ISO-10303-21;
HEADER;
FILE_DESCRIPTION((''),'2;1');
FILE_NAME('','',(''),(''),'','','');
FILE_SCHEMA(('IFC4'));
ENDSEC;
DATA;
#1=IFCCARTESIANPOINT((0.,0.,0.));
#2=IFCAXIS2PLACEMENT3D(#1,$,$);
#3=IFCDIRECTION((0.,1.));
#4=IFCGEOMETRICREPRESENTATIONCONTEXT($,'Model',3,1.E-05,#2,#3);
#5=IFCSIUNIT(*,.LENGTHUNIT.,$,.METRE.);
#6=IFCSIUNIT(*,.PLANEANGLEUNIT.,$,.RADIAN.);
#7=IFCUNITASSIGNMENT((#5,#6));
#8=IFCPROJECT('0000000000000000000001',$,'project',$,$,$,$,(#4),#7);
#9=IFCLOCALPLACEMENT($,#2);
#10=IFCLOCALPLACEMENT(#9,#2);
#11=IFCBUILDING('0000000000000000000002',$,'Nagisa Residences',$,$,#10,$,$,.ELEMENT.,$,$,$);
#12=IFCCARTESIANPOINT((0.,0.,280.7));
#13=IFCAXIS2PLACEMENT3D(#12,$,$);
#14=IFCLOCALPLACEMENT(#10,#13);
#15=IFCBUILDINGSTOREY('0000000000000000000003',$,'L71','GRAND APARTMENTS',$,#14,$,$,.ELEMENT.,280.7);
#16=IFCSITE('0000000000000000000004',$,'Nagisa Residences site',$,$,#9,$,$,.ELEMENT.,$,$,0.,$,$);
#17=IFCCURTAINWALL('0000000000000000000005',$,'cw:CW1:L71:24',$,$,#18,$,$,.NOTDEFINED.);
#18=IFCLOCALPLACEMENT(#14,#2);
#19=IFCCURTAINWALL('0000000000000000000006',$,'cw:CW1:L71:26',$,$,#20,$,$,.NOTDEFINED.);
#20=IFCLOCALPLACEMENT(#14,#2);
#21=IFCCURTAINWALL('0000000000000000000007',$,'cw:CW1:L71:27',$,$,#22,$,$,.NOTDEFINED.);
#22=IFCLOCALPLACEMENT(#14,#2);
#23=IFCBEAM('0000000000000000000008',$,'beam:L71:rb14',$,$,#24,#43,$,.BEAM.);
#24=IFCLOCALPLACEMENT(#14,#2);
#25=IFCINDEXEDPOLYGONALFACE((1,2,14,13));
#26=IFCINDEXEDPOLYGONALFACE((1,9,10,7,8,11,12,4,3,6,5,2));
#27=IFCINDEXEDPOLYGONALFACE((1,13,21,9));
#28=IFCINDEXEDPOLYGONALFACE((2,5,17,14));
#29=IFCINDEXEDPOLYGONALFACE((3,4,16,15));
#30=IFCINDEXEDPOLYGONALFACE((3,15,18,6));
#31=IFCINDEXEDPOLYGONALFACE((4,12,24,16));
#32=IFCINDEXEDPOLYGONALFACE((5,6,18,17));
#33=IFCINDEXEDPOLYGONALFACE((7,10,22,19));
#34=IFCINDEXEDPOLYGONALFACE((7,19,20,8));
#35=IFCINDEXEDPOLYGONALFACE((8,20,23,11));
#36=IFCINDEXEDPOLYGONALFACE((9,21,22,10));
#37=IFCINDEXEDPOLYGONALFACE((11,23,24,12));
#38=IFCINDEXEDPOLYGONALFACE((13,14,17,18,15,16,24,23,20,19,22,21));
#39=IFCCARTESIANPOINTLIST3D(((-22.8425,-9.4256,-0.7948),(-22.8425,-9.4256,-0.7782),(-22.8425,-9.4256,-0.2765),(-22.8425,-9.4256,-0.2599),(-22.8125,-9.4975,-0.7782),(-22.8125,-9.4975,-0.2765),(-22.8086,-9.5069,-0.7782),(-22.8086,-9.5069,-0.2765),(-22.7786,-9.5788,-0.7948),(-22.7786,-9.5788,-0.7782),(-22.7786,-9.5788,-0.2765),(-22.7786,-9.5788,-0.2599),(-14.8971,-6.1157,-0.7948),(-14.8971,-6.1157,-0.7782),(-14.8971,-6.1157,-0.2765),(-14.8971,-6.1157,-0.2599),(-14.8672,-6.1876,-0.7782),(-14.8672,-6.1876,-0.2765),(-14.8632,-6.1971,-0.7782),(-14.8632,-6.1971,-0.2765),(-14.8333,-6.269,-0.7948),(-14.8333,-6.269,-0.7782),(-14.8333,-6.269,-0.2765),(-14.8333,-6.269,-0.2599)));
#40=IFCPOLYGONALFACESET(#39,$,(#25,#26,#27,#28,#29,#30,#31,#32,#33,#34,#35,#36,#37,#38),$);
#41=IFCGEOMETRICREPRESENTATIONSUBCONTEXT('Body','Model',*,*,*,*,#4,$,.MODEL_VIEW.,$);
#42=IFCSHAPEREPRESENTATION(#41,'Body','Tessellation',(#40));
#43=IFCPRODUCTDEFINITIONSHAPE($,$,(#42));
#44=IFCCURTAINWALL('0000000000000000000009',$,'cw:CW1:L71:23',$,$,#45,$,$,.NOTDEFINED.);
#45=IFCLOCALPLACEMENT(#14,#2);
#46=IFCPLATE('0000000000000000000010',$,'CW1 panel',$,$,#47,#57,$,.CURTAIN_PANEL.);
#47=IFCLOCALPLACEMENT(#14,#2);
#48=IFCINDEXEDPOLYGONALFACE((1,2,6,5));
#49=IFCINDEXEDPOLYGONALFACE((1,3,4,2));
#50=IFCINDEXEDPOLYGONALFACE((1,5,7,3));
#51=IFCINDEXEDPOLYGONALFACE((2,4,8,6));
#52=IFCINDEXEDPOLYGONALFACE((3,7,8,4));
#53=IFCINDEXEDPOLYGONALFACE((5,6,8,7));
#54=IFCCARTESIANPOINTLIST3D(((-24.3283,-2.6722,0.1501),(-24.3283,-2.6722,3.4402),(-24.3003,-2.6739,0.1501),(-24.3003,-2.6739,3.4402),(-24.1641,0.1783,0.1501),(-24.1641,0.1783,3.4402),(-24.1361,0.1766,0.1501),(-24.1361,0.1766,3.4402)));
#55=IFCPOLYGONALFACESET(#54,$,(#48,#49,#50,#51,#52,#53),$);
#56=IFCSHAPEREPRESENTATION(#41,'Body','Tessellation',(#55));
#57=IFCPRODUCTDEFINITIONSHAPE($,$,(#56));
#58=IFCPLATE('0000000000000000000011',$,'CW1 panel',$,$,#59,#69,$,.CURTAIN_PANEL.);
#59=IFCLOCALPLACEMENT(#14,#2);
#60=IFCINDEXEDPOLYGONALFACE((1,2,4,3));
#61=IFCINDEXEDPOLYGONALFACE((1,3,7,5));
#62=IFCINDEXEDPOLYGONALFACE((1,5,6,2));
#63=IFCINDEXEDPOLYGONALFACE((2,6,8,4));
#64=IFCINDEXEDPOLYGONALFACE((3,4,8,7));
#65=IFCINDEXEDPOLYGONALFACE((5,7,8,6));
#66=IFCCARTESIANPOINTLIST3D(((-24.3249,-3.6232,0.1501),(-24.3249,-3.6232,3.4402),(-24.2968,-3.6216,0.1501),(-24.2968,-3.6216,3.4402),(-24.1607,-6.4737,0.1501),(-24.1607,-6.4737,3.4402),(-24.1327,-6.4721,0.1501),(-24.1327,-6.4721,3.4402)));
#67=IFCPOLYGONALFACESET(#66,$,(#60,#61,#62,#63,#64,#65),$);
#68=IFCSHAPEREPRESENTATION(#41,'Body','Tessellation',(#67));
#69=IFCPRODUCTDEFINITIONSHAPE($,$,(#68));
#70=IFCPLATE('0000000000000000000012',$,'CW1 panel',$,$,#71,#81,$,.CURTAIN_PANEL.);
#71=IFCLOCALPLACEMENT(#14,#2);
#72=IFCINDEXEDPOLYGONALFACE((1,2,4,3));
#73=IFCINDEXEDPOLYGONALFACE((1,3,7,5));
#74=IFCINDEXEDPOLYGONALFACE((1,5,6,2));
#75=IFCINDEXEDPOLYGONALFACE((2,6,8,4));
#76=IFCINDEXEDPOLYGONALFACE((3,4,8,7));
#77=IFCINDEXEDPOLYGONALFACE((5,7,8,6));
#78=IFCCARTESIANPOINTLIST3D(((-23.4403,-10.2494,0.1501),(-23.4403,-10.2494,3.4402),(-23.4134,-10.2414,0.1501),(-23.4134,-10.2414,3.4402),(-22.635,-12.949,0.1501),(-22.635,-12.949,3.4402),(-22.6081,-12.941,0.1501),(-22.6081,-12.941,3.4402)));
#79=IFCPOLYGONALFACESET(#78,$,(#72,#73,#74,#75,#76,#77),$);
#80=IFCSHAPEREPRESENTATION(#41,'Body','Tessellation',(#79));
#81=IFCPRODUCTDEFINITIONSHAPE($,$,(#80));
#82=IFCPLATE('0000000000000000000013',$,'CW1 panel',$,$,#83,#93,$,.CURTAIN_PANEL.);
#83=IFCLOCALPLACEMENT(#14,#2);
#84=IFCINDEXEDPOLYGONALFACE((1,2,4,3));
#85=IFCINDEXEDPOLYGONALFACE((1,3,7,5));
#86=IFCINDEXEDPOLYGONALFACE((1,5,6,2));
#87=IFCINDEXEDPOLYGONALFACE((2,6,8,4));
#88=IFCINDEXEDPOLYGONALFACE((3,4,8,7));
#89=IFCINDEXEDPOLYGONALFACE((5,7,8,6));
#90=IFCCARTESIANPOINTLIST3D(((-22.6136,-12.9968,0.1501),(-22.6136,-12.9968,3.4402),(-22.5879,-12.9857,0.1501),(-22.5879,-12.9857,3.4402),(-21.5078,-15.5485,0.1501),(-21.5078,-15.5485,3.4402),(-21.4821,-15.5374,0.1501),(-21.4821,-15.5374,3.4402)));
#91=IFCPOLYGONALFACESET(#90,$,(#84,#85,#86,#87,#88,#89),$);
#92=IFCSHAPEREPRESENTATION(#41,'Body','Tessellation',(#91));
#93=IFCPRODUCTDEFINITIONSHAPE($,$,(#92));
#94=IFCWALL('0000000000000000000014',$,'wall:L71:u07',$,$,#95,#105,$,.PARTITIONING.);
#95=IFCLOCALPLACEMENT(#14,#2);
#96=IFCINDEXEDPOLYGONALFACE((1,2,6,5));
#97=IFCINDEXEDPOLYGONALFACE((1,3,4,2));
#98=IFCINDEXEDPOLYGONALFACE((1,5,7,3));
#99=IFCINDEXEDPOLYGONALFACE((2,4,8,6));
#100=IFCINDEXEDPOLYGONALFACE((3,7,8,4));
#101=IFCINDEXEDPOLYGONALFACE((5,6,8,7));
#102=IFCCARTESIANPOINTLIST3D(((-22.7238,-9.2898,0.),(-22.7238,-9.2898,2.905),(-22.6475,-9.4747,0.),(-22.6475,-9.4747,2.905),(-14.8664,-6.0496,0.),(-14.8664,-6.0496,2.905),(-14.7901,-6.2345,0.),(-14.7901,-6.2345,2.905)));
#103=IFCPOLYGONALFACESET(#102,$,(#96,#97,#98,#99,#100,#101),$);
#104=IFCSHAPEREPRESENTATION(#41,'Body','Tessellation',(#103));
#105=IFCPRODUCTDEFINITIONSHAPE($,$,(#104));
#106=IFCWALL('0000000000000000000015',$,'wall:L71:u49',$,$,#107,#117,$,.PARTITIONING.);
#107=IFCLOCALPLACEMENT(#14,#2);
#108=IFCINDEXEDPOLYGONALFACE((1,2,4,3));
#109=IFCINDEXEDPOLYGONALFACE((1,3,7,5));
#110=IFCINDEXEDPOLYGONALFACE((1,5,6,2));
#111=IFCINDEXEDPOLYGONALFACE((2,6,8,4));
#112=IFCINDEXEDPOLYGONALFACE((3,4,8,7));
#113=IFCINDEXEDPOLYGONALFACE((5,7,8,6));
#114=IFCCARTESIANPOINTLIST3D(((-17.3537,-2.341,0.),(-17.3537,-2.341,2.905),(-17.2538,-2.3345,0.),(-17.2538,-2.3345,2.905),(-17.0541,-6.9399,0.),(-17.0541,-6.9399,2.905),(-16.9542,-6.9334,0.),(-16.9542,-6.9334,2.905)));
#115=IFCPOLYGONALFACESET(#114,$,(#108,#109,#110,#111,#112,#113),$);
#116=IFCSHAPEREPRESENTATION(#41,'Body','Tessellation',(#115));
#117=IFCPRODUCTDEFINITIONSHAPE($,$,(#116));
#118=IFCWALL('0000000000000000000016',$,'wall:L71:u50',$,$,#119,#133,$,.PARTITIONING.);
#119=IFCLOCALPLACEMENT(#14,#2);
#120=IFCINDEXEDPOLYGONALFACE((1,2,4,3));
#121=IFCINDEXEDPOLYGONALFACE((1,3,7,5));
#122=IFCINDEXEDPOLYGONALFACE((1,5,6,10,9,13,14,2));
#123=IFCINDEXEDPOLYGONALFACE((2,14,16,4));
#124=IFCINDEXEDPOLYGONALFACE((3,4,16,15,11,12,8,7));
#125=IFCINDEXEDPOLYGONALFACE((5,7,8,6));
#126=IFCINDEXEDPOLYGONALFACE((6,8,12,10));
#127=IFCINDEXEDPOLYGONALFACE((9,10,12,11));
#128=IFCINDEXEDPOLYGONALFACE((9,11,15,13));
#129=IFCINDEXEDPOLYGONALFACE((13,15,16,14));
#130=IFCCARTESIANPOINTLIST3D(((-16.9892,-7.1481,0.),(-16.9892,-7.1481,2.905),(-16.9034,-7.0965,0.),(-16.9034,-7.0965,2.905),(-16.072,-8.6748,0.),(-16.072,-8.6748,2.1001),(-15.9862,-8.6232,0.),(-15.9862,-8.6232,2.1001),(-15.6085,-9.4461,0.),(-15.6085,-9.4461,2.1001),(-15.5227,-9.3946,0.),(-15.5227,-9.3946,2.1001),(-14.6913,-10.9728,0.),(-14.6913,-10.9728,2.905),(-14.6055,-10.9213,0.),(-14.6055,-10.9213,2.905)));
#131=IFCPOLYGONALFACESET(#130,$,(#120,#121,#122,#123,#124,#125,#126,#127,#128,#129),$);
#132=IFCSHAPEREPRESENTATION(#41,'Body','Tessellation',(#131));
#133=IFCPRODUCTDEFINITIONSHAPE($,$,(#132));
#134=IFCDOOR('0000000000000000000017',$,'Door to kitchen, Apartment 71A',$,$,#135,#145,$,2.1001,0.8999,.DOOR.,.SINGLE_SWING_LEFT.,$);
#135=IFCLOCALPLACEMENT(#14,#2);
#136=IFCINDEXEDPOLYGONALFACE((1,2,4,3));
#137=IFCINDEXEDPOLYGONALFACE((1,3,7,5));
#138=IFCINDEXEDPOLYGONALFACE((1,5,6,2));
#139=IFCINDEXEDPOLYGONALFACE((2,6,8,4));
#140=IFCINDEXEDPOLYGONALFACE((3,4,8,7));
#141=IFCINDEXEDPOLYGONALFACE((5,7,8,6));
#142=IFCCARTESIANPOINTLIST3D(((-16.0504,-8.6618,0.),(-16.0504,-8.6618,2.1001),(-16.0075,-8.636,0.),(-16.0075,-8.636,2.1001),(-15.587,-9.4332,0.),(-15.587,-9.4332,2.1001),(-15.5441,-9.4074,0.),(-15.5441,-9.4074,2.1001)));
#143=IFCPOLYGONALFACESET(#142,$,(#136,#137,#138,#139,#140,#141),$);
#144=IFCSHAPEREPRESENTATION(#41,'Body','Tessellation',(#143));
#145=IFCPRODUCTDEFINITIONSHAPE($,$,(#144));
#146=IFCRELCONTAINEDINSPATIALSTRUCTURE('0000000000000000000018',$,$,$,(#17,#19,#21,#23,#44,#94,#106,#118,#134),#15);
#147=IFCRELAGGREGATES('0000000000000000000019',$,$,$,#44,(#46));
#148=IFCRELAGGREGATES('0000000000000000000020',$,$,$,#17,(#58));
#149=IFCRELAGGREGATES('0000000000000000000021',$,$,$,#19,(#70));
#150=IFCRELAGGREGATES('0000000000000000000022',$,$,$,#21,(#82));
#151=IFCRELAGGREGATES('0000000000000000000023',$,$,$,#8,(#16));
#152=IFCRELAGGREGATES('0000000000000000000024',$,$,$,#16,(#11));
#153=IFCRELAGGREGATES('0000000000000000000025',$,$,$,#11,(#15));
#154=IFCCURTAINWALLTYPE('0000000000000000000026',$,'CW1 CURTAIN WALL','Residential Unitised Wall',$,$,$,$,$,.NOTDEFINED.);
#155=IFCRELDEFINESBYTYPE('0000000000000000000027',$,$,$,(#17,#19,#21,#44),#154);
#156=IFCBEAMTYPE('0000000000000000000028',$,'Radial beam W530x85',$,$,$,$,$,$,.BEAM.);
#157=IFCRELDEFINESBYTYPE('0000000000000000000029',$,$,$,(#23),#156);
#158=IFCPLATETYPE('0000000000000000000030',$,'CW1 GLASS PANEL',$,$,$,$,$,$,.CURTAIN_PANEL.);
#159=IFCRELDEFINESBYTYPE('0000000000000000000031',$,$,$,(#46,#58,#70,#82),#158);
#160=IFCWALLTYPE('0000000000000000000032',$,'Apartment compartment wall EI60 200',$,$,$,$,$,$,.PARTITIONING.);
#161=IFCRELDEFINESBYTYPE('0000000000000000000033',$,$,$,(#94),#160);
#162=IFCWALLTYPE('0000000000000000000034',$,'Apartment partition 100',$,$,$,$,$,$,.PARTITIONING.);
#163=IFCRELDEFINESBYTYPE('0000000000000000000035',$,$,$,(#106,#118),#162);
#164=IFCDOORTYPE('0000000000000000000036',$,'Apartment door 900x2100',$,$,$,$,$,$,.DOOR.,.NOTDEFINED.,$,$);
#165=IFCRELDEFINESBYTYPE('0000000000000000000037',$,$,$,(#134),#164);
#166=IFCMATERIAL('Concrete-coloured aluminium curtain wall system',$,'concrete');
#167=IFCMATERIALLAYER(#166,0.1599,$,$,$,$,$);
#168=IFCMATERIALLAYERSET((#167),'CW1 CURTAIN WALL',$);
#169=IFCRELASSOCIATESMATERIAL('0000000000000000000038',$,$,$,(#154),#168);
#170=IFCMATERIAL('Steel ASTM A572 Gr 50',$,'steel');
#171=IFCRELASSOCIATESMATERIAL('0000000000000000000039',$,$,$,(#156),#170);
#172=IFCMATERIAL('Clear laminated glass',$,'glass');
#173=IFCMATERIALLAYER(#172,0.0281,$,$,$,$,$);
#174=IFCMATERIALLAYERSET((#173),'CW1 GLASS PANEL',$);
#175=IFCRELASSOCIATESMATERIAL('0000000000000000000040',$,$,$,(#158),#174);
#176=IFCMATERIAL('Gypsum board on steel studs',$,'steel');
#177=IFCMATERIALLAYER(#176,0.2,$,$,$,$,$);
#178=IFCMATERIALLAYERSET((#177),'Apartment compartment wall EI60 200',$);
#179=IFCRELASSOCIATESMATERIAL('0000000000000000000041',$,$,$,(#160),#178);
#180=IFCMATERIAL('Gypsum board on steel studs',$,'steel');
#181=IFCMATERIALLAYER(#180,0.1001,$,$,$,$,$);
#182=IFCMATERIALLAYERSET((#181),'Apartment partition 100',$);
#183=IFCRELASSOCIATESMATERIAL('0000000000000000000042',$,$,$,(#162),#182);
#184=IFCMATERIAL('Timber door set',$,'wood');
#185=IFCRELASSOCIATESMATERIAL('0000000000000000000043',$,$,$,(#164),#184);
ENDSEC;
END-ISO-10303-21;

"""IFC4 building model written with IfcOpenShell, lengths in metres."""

from ifc_helpers import new_model, si_unit, direction, frame, frame_2d, origin, origin_2d, place, context, subcontext, project, spatial, rectangle, i_section, extrude, material, layer, layer_set, material_profile, profile_set, type_object, element, fill, aggregate, save


model = new_model("IFC4")

# Units and contexts
model_context = context("Model", 3, precision=1e-05, world=origin(), true_north=direction((0.0, 1.0)))
body_context = subcontext(model_context, "Body", "Model", "MODEL_VIEW")
ifc_project = project(units=[si_unit("LENGTHUNIT", "METRE"), si_unit("PLANEANGLEUNIT", "RADIAN")], contexts=[model_context])

# Site, building, storey
site_placement = place(None, origin())
site = spatial("IfcSite", under=ifc_project, at=site_placement, Name="Nagisa Residences site", CompositionType="ELEMENT", RefElevation=0.0)
building_placement = place(site_placement, origin())
building = spatial("IfcBuilding", under=site, at=building_placement, Name="Nagisa Residences", CompositionType="ELEMENT")
storey_placement = place(building_placement, frame((0.0, 0.0, 280.7)))
storey = spatial("IfcBuildingStorey", under=building, at=storey_placement, Name="L71", Description="GRAND APARTMENTS", CompositionType="ELEMENT", Elevation=280.7)

# Curtain walls
ifc_material_1 = material(Name="Concrete-coloured aluminium curtain wall system", Category="concrete")
ifc_layer_1 = layer(ifc_material_1, 0.1599)
ifc_layer_set_1 = layer_set([ifc_layer_1], Name="CW1 CURTAIN WALL")
curtain_wall_type = type_object("IfcCurtainWallType", Name="CW1 CURTAIN WALL", Description="Residential Unitised Wall", PredefinedType="NOTDEFINED", material=ifc_layer_set_1)
curtain_wall_1_placement = place(storey_placement, origin())
curtain_wall_1 = element("IfcCurtainWall", 1, at=curtain_wall_1_placement, inside=storey, type_object=curtain_wall_type, Name="cw:CW1:L71:24", PredefinedType="NOTDEFINED")
curtain_wall_2_placement = place(storey_placement, origin())
curtain_wall_2 = element("IfcCurtainWall", 2, at=curtain_wall_2_placement, inside=storey, type_object=curtain_wall_type, Name="cw:CW1:L71:26", PredefinedType="NOTDEFINED")
curtain_wall_3_placement = place(storey_placement, origin())
curtain_wall_3 = element("IfcCurtainWall", 3, at=curtain_wall_3_placement, inside=storey, type_object=curtain_wall_type, Name="cw:CW1:L71:27", PredefinedType="NOTDEFINED")

# Beam
ifc_material_2 = material(Name="Steel ASTM A572 Gr 50", Category="steel")
ifc_material_profile_1 = material_profile(ifc_material_2, i_section(OverallWidth=0.166, OverallDepth=0.5349, WebThickness=0.0103, FlangeThickness=0.0166, at=origin_2d()), Name="W530x85")
ifc_profile_set_1 = profile_set([ifc_material_profile_1], Name="Steel ASTM A572 Gr 50")
beam_type_1 = type_object("IfcBeamType", Name="Radial beam W530x85", PredefinedType="BEAM", material=ifc_profile_set_1)
beam_1_placement = place(storey_placement, frame((-22.8105, -9.5022, -0.5273), z_axis=(0.923107, 0.384543, 0.0), x_axis=(-0.384543, 0.923107, 0.0)))
element("IfcBeam", 4, at=beam_1_placement, inside=storey, type_object=beam_type_1, Name="beam:L71:rb14", PredefinedType="BEAM", context=body_context, shape_type="SweptSolid", body=[
    extrude(i_section(OverallWidth=0.166, OverallDepth=0.5349, WebThickness=0.0103, FlangeThickness=0.0166, at=origin_2d()), origin(), (0.0, 0.0, 1.0), 8.6072),
])

# Curtain wall, plate
curtain_wall_4_placement = place(storey_placement, origin())
curtain_wall_4 = element("IfcCurtainWall", 5, at=curtain_wall_4_placement, inside=storey, type_object=curtain_wall_type, Name="cw:CW1:L71:23", PredefinedType="NOTDEFINED")
ifc_material_3 = material(Name="Clear laminated glass", Category="glass")
ifc_layer_2 = layer(ifc_material_3, 0.0281)
ifc_layer_set_2 = layer_set([ifc_layer_2], Name="CW1 GLASS PANEL")
plate_type = type_object("IfcPlateType", Name="CW1 GLASS PANEL", PredefinedType="CURTAIN_PANEL", material=ifc_layer_set_2)
plate_1_placement = place(storey_placement, frame((-24.2322, -1.2478, 0.1501), z_axis=(0.0, 0.0, 1.0), x_axis=(-0.057503, -0.998345, 0.0)))
plate_1 = element("IfcPlate", 6, at=plate_1_placement, type_object=plate_type, Name="CW1 panel", PredefinedType="CURTAIN_PANEL", context=body_context, shape_type="SweptSolid", body=[
    extrude(rectangle(XDim=2.8552, YDim=0.0281, at=origin_2d()), origin(), (0.0, 0.0, 1.0), 3.29),
])
aggregate(curtain_wall_4, [plate_1])

# Plates
plate_2_placement = place(storey_placement, frame((-24.2288, -5.0476, 0.1501), z_axis=(0.0, 0.0, 1.0), x_axis=(0.057503, -0.998345, 0.0)))
plate_2 = element("IfcPlate", 7, at=plate_2_placement, type_object=plate_type, Name="CW1 panel", PredefinedType="CURTAIN_PANEL", context=body_context, shape_type="SweptSolid", body=[
    extrude(rectangle(XDim=2.8552, YDim=0.0281, at=origin_2d()), origin(), (0.0, 0.0, 1.0), 3.29),
])
aggregate(curtain_wall_1, [plate_2])
plate_3_placement = place(storey_placement, frame((-23.0242, -11.5952, 0.1501), z_axis=(0.0, 0.0, 1.0), x_axis=(0.28586, -0.958271, 0.0)))
plate_3 = element("IfcPlate", 8, at=plate_3_placement, type_object=plate_type, Name="CW1 panel", PredefinedType="CURTAIN_PANEL", context=body_context, shape_type="SweptSolid", body=[
    extrude(rectangle(XDim=2.8171, YDim=0.0281, at=origin_2d()), origin(), (0.0, 0.0, 1.0), 3.29),
])
aggregate(curtain_wall_2, [plate_3])
plate_4_placement = place(storey_placement, frame((-22.0479, -14.2671, 0.1501), z_axis=(0.0, 0.0, 1.0), x_axis=(0.397636, -0.917543, 0.0)))
plate_4 = element("IfcPlate", 9, at=plate_4_placement, type_object=plate_type, Name="CW1 panel", PredefinedType="CURTAIN_PANEL", context=body_context, shape_type="SweptSolid", body=[
    extrude(rectangle(XDim=2.781, YDim=0.0281, at=origin_2d()), origin(), (0.0, 0.0, 1.0), 3.29),
])
aggregate(curtain_wall_3, [plate_4])

# Walls
ifc_material_4 = material(Name="Gypsum board on steel studs", Category="steel")
ifc_layer_3 = layer(ifc_material_4, 0.2)
ifc_layer_set_3 = layer_set([ifc_layer_3], Name="Apartment compartment wall EI60 200")
wall_type_1 = type_object("IfcWallType", Name="Apartment compartment wall EI60 200", PredefinedType="PARTITIONING", material=ifc_layer_set_3)
wall_1_placement = place(storey_placement, frame((-14.8284, -6.1421, 0.0), z_axis=(0.0, 0.0, 1.0), x_axis=(-0.924478, -0.381235, 0.0)))
element("IfcWall", 10, at=wall_1_placement, inside=storey, type_object=wall_type_1, Name="wall:L71:u07", PredefinedType="PARTITIONING", context=body_context, shape_type="SweptSolid", body=[
    extrude(rectangle(XDim=8.4993, YDim=0.2, at=frame_2d((4.2495, 0.0))), origin(), (0.0, 0.0, 1.0), 2.905),
])
ifc_material_5 = material(Name="Gypsum board on steel studs", Category="steel")
ifc_layer_4 = layer(ifc_material_5, 0.1001)
ifc_layer_set_4 = layer_set([ifc_layer_4], Name="Apartment partition 100")
wall_type_2 = type_object("IfcWallType", Name="Apartment partition 100", PredefinedType="PARTITIONING", material=ifc_layer_set_4)
wall_2_placement = place(storey_placement, frame((-17.3037, -2.3379, 0.0), z_axis=(0.0, 0.0, 1.0), x_axis=(0.065, -0.997885, 0.0)))
element("IfcWall", 11, at=wall_2_placement, inside=storey, type_object=wall_type_2, Name="wall:L71:u49", PredefinedType="PARTITIONING", context=body_context, shape_type="SweptSolid", body=[
    extrude(rectangle(XDim=4.6086, YDim=0.1001, at=frame_2d((2.3042, 0.0))), origin(), (0.0, 0.0, 1.0), 2.905),
])

# Wall, opening, door
wall_3_placement = place(storey_placement, frame((-16.9463, -7.1223, 0.0), z_axis=(0.0, 0.0, 1.0), x_axis=(0.514995, -0.857193, 0.0)))
wall_3 = element("IfcWall", 12, at=wall_3_placement, inside=storey, type_object=wall_type_2, Name="wall:L71:u50", PredefinedType="PARTITIONING", context=body_context, shape_type="SweptSolid", body=[
    extrude(rectangle(XDim=4.4619, YDim=0.1001, at=frame_2d((2.231, 0.0))), origin(), (0.0, 0.0, 1.0), 2.905),
])
opening_1_placement = place(wall_3_placement, frame((1.781, 0.0, 0.0)))
opening_1 = element("IfcOpeningElement", 13, at=opening_1_placement, cuts=wall_3, PredefinedType="OPENING", context=body_context, shape_type="SweptSolid", body=[
    extrude(rectangle(XDim=0.8999, YDim=2.1001, at=frame_2d((0.45, 1.05))), frame((0.0, 0.0601, 0.0), z_axis=(0.0, -1.0, 0.0), x_axis=(1.0, 0.0, 0.0)), (0.0, 0.0, 1.0), 0.1201),
])
ifc_material_6 = material(Name="Timber door set", Category="wood")
door_type_1 = type_object("IfcDoorType", Name="Apartment door 900x2100", OperationType="NOTDEFINED", PredefinedType="DOOR", material=ifc_material_6)
door_1_placement = place(opening_1_placement, frame((0.8999, 0.0, 0.0), x_axis=(-1.0, 0.0, 0.0)))
door_1 = element("IfcDoor", 14, at=door_1_placement, inside=storey, type_object=door_type_1, Name="Door to kitchen, Apartment 71A", OperationType="SINGLE_SWING_LEFT", OverallHeight=2.1001, OverallWidth=0.8999, PredefinedType="DOOR", context=body_context, shape_type="SweptSolid", body=[
    extrude(rectangle(XDim=0.8999, YDim=2.1001, at=frame_2d((0.45, 1.05))), frame((0.0, 0.0249, 0.0), z_axis=(0.0, -1.0, 0.0), x_axis=(1.0, 0.0, 0.0)), (0.0, 0.0, 1.0), 0.05),
])
fill(opening_1, door_1)

save(model, "model.ifc")
